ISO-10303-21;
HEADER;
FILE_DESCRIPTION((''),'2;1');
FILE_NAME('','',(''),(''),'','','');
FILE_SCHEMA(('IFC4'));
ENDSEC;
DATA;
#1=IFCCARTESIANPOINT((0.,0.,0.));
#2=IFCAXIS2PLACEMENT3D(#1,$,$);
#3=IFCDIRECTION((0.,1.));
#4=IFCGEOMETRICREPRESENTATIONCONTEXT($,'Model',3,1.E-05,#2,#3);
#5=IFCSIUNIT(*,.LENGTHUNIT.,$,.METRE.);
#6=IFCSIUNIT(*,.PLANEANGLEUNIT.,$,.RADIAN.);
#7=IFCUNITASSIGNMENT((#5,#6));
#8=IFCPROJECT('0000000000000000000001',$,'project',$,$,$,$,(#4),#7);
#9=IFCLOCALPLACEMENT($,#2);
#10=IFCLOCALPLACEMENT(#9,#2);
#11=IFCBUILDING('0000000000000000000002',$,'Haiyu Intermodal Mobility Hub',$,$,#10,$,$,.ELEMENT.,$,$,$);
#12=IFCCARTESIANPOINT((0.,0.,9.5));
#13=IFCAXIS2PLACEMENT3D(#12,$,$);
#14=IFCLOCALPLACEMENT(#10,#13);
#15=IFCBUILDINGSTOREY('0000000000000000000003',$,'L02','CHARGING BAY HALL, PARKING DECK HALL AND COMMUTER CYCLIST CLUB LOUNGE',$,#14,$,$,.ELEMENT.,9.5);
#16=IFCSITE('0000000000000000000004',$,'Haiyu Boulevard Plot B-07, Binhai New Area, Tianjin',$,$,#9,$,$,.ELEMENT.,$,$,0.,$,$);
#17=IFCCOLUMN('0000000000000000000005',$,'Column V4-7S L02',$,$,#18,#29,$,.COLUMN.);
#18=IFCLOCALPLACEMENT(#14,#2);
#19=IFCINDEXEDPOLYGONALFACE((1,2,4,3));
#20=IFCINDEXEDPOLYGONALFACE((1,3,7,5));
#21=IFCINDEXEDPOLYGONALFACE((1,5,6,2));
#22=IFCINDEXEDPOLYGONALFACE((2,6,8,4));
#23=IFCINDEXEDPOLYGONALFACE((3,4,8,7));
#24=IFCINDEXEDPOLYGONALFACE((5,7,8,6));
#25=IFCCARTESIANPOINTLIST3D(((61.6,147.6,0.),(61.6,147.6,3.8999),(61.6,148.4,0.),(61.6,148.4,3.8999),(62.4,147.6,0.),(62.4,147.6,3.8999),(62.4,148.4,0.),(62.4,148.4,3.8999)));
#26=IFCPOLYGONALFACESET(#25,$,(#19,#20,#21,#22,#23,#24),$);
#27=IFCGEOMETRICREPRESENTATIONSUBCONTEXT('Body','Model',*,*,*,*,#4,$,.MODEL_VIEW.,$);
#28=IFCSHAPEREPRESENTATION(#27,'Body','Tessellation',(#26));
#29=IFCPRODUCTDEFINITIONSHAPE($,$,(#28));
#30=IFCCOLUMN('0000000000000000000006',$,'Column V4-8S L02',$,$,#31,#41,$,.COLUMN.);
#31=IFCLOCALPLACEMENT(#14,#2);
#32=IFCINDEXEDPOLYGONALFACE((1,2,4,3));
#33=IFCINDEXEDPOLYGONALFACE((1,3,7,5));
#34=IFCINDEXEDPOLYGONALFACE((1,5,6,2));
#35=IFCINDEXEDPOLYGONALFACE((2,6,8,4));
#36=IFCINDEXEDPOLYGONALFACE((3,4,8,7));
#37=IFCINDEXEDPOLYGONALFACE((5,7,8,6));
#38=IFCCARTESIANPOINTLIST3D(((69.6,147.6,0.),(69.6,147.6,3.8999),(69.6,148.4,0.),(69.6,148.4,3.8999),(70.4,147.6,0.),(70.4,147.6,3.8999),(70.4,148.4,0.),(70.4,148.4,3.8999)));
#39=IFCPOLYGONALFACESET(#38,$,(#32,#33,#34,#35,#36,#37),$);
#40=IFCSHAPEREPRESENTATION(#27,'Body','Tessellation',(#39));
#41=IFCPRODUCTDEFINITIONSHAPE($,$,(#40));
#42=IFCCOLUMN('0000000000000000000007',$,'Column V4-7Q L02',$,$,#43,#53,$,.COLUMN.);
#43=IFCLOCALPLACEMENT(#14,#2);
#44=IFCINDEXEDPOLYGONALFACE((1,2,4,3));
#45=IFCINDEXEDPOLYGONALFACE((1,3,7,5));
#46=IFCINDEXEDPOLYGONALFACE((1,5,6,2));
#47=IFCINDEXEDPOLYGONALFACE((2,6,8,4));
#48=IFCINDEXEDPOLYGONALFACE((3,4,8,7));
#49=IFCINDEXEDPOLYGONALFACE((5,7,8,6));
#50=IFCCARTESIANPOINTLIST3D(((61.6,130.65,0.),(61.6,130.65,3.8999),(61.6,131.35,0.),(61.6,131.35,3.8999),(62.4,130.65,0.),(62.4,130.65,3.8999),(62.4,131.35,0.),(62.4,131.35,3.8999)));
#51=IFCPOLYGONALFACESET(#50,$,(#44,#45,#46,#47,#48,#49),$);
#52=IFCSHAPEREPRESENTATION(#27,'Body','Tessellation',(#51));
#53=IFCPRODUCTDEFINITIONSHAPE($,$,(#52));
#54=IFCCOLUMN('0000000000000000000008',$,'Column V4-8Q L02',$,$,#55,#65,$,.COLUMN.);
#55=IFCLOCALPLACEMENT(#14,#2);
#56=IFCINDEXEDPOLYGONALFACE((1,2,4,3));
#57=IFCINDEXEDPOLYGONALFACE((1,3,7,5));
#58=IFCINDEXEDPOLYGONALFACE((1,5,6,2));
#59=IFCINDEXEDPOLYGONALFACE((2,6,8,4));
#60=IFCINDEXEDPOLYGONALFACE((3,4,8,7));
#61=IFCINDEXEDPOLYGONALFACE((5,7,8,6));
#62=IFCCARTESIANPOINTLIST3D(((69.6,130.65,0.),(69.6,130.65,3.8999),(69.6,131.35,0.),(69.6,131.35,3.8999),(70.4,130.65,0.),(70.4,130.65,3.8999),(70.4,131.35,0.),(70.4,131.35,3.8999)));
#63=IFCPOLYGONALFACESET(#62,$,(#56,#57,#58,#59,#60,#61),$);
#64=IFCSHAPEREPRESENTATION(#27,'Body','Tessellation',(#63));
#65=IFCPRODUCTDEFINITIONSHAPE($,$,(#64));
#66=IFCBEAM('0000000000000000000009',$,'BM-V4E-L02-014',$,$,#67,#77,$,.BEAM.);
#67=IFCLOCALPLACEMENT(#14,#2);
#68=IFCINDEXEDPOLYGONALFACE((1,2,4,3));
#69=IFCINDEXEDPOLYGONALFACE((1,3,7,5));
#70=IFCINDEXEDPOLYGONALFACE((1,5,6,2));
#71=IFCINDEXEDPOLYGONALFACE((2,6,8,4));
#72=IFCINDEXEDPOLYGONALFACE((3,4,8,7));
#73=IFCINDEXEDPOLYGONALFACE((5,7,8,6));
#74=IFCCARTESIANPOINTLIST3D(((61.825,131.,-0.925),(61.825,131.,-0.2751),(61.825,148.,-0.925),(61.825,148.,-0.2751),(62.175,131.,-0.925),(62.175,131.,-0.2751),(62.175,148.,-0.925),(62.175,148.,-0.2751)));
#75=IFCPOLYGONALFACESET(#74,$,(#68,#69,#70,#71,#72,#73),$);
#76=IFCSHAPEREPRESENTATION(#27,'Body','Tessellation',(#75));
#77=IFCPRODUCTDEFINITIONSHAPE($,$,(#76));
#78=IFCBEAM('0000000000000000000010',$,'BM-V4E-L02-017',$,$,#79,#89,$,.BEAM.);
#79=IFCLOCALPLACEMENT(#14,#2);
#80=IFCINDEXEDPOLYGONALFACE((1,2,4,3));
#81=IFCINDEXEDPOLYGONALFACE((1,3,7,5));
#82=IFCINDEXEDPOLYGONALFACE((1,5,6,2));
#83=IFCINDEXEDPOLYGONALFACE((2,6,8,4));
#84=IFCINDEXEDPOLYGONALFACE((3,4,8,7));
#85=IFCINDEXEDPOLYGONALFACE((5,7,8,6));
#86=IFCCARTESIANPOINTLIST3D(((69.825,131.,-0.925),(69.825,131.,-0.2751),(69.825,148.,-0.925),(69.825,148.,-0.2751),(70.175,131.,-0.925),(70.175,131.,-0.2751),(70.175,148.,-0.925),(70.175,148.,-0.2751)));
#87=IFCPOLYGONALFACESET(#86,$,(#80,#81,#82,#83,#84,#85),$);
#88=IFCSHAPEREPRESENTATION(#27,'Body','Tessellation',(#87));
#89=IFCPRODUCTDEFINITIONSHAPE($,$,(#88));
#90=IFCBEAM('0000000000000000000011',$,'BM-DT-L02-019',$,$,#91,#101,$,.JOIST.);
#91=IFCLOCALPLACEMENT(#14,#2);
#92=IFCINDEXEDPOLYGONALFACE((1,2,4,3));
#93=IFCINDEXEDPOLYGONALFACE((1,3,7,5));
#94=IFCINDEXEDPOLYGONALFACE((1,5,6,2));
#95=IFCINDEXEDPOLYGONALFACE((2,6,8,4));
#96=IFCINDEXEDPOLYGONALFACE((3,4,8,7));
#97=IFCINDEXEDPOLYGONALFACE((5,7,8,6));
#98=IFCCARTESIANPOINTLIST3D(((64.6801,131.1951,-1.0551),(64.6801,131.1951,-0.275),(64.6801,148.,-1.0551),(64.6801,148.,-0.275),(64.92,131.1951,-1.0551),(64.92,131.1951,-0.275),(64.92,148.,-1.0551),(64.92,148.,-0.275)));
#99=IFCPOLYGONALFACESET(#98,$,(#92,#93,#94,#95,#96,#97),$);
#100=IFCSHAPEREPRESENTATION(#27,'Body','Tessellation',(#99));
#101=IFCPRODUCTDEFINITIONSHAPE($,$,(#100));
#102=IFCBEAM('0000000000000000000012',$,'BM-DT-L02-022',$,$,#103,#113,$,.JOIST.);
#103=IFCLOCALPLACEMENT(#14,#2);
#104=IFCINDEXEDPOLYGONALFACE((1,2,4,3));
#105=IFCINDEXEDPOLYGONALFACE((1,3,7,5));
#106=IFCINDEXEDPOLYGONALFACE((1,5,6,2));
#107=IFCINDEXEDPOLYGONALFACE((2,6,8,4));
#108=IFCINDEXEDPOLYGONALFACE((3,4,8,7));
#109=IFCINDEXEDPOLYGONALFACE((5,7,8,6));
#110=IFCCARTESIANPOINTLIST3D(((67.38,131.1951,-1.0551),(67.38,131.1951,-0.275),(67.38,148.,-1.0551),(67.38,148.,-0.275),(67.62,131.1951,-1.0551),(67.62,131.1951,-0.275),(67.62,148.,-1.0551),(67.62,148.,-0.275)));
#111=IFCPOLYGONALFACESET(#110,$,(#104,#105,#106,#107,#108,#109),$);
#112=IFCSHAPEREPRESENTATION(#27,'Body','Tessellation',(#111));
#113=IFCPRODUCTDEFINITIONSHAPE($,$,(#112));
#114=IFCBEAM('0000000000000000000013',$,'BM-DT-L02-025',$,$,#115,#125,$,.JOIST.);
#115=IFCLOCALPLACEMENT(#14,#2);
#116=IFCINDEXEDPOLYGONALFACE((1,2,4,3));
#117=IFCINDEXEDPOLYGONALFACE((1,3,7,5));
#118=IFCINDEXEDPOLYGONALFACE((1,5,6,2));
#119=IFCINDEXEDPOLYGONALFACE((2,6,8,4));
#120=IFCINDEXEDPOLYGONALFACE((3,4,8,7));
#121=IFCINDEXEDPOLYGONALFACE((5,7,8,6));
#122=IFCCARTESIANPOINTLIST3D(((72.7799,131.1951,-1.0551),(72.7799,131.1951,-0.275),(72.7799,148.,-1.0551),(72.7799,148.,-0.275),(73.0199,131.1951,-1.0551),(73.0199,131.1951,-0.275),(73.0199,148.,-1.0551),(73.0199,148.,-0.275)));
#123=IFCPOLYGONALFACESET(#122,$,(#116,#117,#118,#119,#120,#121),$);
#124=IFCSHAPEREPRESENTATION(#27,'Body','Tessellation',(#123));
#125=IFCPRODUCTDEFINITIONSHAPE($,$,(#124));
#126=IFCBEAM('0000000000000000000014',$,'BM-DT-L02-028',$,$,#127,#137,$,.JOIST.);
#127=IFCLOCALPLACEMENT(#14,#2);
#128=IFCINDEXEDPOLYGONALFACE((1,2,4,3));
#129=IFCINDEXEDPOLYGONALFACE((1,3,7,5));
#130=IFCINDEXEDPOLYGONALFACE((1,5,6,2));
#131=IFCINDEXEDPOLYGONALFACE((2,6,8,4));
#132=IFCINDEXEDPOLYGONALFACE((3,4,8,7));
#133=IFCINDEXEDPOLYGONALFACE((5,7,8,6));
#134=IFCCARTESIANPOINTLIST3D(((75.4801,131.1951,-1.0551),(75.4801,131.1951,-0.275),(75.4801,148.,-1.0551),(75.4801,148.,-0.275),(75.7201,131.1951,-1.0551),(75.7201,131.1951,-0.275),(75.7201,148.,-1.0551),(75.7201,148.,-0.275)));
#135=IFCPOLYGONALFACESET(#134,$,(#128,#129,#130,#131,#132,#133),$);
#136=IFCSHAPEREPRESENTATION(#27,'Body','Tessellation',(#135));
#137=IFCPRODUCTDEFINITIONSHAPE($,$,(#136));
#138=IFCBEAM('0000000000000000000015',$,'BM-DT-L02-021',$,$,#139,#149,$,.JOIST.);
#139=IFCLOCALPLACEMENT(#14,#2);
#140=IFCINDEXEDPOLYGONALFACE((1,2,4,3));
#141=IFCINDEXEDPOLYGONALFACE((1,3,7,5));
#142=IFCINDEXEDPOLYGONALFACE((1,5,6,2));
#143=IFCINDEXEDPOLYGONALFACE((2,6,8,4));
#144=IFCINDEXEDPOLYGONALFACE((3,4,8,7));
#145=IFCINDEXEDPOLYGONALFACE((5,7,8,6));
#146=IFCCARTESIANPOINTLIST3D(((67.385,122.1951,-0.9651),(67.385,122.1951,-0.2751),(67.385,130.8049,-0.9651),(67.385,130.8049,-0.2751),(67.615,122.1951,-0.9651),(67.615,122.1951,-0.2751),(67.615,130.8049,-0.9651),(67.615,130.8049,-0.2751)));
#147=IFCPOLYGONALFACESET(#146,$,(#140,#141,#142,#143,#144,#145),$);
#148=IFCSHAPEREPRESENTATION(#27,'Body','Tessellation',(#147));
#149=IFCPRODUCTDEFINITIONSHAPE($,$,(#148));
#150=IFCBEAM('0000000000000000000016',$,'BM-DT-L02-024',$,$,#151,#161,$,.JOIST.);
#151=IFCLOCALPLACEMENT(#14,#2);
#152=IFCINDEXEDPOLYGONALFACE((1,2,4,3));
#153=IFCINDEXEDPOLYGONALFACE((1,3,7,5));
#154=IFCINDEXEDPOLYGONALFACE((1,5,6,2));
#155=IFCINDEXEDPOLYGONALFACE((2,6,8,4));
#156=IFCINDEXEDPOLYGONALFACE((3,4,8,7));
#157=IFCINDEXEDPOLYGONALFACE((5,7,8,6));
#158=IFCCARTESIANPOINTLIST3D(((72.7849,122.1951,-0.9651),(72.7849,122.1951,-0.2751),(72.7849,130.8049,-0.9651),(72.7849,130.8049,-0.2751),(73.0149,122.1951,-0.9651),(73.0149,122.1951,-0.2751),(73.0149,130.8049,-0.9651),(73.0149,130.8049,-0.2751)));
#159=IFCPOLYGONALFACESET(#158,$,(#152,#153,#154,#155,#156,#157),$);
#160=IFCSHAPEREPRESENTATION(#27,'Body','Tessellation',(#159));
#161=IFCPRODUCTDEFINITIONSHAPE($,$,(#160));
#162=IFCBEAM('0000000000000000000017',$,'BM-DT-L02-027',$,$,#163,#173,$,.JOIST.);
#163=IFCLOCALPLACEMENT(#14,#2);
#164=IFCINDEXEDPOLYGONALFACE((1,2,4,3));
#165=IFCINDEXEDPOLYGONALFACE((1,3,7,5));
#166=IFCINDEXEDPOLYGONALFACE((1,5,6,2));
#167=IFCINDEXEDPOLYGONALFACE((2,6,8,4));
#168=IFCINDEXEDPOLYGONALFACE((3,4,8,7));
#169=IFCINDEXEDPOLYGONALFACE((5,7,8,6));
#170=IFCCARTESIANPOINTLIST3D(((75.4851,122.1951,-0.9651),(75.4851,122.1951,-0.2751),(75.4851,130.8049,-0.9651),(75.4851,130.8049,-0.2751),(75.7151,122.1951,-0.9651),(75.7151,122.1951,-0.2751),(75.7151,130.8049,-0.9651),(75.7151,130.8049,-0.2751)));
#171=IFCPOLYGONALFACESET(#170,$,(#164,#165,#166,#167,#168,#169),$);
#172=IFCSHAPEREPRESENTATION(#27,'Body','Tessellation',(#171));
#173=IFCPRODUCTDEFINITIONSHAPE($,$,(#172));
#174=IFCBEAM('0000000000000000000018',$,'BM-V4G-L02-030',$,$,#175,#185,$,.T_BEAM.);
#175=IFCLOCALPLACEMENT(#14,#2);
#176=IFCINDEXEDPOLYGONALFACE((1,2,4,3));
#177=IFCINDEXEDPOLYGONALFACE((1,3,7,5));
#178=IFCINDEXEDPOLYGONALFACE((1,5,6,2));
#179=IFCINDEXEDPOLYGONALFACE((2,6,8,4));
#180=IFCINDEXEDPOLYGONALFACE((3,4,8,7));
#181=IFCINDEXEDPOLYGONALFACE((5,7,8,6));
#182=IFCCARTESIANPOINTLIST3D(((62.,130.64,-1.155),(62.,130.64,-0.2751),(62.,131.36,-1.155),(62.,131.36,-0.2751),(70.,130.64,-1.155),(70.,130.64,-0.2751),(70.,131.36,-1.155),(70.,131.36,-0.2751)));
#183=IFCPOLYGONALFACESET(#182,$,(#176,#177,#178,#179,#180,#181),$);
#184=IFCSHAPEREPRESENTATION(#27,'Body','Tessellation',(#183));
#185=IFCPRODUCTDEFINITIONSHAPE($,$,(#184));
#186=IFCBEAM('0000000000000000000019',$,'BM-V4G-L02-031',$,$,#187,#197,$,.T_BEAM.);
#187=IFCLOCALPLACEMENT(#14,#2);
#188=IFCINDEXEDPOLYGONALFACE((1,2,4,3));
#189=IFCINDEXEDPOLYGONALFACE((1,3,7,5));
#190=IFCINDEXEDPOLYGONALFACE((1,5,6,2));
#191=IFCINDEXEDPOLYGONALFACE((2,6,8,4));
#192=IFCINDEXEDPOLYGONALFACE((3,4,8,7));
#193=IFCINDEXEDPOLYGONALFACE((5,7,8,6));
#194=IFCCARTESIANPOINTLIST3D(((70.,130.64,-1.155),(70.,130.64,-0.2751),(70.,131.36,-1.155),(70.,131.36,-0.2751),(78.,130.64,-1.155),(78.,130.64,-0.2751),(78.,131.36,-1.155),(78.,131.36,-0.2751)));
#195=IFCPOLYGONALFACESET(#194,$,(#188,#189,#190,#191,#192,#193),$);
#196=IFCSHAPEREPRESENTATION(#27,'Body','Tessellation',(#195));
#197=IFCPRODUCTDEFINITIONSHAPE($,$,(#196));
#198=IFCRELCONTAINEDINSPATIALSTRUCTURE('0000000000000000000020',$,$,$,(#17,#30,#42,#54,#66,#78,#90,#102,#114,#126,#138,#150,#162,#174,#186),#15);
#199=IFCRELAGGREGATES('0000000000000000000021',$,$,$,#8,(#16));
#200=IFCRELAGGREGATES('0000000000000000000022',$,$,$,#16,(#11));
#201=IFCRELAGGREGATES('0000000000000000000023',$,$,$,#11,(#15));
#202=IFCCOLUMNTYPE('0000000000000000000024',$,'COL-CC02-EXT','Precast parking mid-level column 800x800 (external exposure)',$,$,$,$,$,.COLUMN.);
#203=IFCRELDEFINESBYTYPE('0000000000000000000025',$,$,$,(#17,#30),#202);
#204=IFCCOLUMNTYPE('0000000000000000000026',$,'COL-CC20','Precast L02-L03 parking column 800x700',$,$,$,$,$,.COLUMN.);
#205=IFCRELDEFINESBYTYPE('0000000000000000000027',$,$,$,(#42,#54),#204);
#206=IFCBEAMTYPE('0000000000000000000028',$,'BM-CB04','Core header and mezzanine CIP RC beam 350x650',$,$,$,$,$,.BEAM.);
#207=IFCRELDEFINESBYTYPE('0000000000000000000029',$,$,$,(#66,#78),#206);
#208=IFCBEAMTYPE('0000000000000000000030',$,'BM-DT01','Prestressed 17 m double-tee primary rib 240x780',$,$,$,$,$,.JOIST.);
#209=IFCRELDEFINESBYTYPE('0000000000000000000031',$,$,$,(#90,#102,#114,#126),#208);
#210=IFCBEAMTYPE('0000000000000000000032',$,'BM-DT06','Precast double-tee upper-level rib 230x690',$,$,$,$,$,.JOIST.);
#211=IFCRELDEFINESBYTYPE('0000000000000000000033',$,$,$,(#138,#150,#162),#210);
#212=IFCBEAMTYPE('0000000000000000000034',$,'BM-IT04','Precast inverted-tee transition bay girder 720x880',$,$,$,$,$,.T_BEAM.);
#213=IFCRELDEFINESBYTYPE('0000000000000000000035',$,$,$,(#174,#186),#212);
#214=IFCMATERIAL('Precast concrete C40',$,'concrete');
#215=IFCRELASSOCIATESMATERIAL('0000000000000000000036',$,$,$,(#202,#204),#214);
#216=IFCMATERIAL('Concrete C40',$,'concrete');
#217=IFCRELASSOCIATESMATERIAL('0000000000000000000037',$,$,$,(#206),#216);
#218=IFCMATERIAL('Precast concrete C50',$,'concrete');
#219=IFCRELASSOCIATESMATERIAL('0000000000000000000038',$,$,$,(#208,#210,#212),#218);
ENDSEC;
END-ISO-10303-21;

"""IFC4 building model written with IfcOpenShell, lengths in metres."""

from ifc_helpers import new_model, si_unit, direction, frame, origin, origin_2d, place, context, subcontext, project, spatial, rectangle, extrude, material, material_profile, profile_set, type_object, element, save


model = new_model("IFC4")

# Units and contexts
model_context = context("Model", 3, precision=1e-05, world=origin(), true_north=direction((0.0, 1.0)))
body_context = subcontext(model_context, "Body", "Model", "MODEL_VIEW")
ifc_project = project(units=[si_unit("LENGTHUNIT", "METRE"), si_unit("PLANEANGLEUNIT", "RADIAN")], contexts=[model_context])

# Site, building, storey
site_placement = place(None, origin())
site = spatial("IfcSite", under=ifc_project, at=site_placement, Name="Haiyu Boulevard Plot B-07, Binhai New Area, Tianjin", CompositionType="ELEMENT", RefElevation=0.0)
building_placement = place(site_placement, origin())
building = spatial("IfcBuilding", under=site, at=building_placement, Name="Haiyu Intermodal Mobility Hub", CompositionType="ELEMENT")
storey_placement = place(building_placement, frame((0.0, 0.0, 9.5)))
storey = spatial("IfcBuildingStorey", under=building, at=storey_placement, Name="L02", Description="CHARGING BAY HALL, PARKING DECK HALL AND COMMUTER CYCLIST CLUB LOUNGE", CompositionType="ELEMENT", Elevation=9.5)

# Columns
ifc_material_1 = material(Name="Precast concrete C40", Category="concrete")
ifc_material_profile_1 = material_profile(ifc_material_1, rectangle(XDim=0.8, YDim=0.8, at=origin_2d()), Name="RC800x800")
ifc_profile_set_1 = profile_set([ifc_material_profile_1], Name="Precast concrete C40")
column_type_1 = type_object("IfcColumnType", Name="COL-CC02-EXT", Description="Precast parking mid-level column 800x800 (external exposure)", PredefinedType="COLUMN", material=ifc_profile_set_1)
for number, where, z_axis, x_axis, name in (
    (1, (62.0, 148.0, 0.0), (0.0, 0.0, 1.0), (1.0, 0.0, 0.0), "Column V4-7S L02"),
    (2, (70.0, 148.0, 0.0), (0.0, 0.0, 1.0), (1.0, 0.0, 0.0), "Column V4-8S L02"),
):
    element("IfcColumn", number, at=place(storey_placement, frame(where, z_axis=z_axis, x_axis=x_axis)), inside=storey, type_object=column_type_1, Name=name, PredefinedType="COLUMN", context=body_context, shape_type="SweptSolid", body=[
        extrude(rectangle(XDim=0.8, YDim=0.8, at=origin_2d()), origin(), (0.0, 0.0, 1.0), 3.8999),
    ])
ifc_material_profile_2 = material_profile(ifc_material_1, rectangle(XDim=0.8, YDim=0.7, at=origin_2d()), Name="C800x700")
ifc_profile_set_2 = profile_set([ifc_material_profile_2], Name="Precast concrete C40")
column_type_2 = type_object("IfcColumnType", Name="COL-CC20", Description="Precast L02-L03 parking column 800x700", PredefinedType="COLUMN", material=ifc_profile_set_2)
for number, where, z_axis, x_axis, name in (
    (3, (62.0, 131.0, 0.0), (0.0, 0.0, 1.0), (1.0, 0.0, 0.0), "Column V4-7Q L02"),
    (4, (70.0, 131.0, 0.0), (0.0, 0.0, 1.0), (1.0, 0.0, 0.0), "Column V4-8Q L02"),
):
    element("IfcColumn", number, at=place(storey_placement, frame(where, z_axis=z_axis, x_axis=x_axis)), inside=storey, type_object=column_type_2, Name=name, PredefinedType="COLUMN", context=body_context, shape_type="SweptSolid", body=[
        extrude(rectangle(XDim=0.8, YDim=0.7, at=origin_2d()), origin(), (0.0, 0.0, 1.0), 3.8999),
    ])

# Beams
ifc_material_2 = material(Name="Concrete C40", Category="concrete")
ifc_material_profile_3 = material_profile(ifc_material_2, rectangle(XDim=0.3501, YDim=0.6499, at=origin_2d()), Name="RCB350x650")
ifc_profile_set_3 = profile_set([ifc_material_profile_3], Name="Concrete C40")
beam_type_1 = type_object("IfcBeamType", Name="BM-CB04", Description="Core header and mezzanine CIP RC beam 350x650", PredefinedType="BEAM", material=ifc_profile_set_3)
for number, where, z_axis, x_axis, name in (
    (5, (62.0, 131.0, -0.6001), (0.0, 1.0, 0.0), (-1.0, 0.0, 0.0), "BM-V4E-L02-014"),
    (6, (70.0, 131.0, -0.6001), (0.0, 1.0, 0.0), (-1.0, 0.0, 0.0), "BM-V4E-L02-017"),
):
    element("IfcBeam", number, at=place(storey_placement, frame(where, z_axis=z_axis, x_axis=x_axis)), inside=storey, type_object=beam_type_1, Name=name, PredefinedType="BEAM", context=body_context, shape_type="SweptSolid", body=[
        extrude(rectangle(XDim=0.3501, YDim=0.6499, at=origin_2d()), origin(), (0.0, 0.0, 1.0), 17.0),
    ])
ifc_material_3 = material(Name="Precast concrete C50", Category="concrete")
ifc_material_profile_4 = material_profile(ifc_material_3, rectangle(XDim=0.24, YDim=0.78, at=origin_2d()), Name="PC240x780")
ifc_profile_set_4 = profile_set([ifc_material_profile_4], Name="Precast concrete C50")
beam_type_2 = type_object("IfcBeamType", Name="BM-DT01", Description="Prestressed 17 m double-tee primary rib 240x780", PredefinedType="JOIST", material=ifc_profile_set_4)
for number, where, z_axis, x_axis, name in (
    (7, (64.8, 131.1951, -0.665), (0.0, 1.0, 0.0), (-1.0, 0.0, 0.0), "BM-DT-L02-019"),
    (8, (67.5, 131.1951, -0.665), (0.0, 1.0, 0.0), (-1.0, 0.0, 0.0), "BM-DT-L02-022"),
    (9, (72.8999, 131.1951, -0.665), (0.0, 1.0, 0.0), (-1.0, 0.0, 0.0), "BM-DT-L02-025"),
    (10, (75.6001, 131.1951, -0.665), (0.0, 1.0, 0.0), (-1.0, 0.0, 0.0), "BM-DT-L02-028"),
):
    element("IfcBeam", number, at=place(storey_placement, frame(where, z_axis=z_axis, x_axis=x_axis)), inside=storey, type_object=beam_type_2, Name=name, PredefinedType="JOIST", context=body_context, shape_type="SweptSolid", body=[
        extrude(rectangle(XDim=0.24, YDim=0.78, at=origin_2d()), origin(), (0.0, 0.0, 1.0), 16.8049),
    ])
ifc_material_profile_5 = material_profile(ifc_material_3, rectangle(XDim=0.23, YDim=0.6899, at=origin_2d()), Name="B230x690")
ifc_profile_set_5 = profile_set([ifc_material_profile_5], Name="Precast concrete C50")
beam_type_3 = type_object("IfcBeamType", Name="BM-DT06", Description="Precast double-tee upper-level rib 230x690", PredefinedType="JOIST", material=ifc_profile_set_5)
for number, where, z_axis, x_axis, name in (
    (11, (67.5, 122.1951, -0.6201), (0.0, 1.0, 0.0), (-1.0, 0.0, 0.0), "BM-DT-L02-021"),
    (12, (72.8999, 122.1951, -0.6201), (0.0, 1.0, 0.0), (-1.0, 0.0, 0.0), "BM-DT-L02-024"),
    (13, (75.6001, 122.1951, -0.6201), (0.0, 1.0, 0.0), (-1.0, 0.0, 0.0), "BM-DT-L02-027"),
):
    element("IfcBeam", number, at=place(storey_placement, frame(where, z_axis=z_axis, x_axis=x_axis)), inside=storey, type_object=beam_type_3, Name=name, PredefinedType="JOIST", context=body_context, shape_type="SweptSolid", body=[
        extrude(rectangle(XDim=0.23, YDim=0.6899, at=origin_2d()), origin(), (0.0, 0.0, 1.0), 8.6099),
    ])
ifc_material_profile_6 = material_profile(ifc_material_3, rectangle(XDim=0.72, YDim=0.8799, at=origin_2d()), Name="B720x880")
ifc_profile_set_6 = profile_set([ifc_material_profile_6], Name="Precast concrete C50")
beam_type_4 = type_object("IfcBeamType", Name="BM-IT04", Description="Precast inverted-tee transition bay girder 720x880", PredefinedType="T_BEAM", material=ifc_profile_set_6)
for number, where, z_axis, x_axis, name in (
    (14, (62.0, 131.0, -0.7151), (1.0, 0.0, 0.0), (0.0, 1.0, 0.0), "BM-V4G-L02-030"),
    (15, (70.0, 131.0, -0.7151), (1.0, 0.0, 0.0), (0.0, 1.0, 0.0), "BM-V4G-L02-031"),
):
    element("IfcBeam", number, at=place(storey_placement, frame(where, z_axis=z_axis, x_axis=x_axis)), inside=storey, type_object=beam_type_4, Name=name, PredefinedType="T_BEAM", context=body_context, shape_type="SweptSolid", body=[
        extrude(rectangle(XDim=0.72, YDim=0.8799, at=origin_2d()), origin(), (0.0, 0.0, 1.0), 8.0),
    ])

save(model, "model.ifc")
